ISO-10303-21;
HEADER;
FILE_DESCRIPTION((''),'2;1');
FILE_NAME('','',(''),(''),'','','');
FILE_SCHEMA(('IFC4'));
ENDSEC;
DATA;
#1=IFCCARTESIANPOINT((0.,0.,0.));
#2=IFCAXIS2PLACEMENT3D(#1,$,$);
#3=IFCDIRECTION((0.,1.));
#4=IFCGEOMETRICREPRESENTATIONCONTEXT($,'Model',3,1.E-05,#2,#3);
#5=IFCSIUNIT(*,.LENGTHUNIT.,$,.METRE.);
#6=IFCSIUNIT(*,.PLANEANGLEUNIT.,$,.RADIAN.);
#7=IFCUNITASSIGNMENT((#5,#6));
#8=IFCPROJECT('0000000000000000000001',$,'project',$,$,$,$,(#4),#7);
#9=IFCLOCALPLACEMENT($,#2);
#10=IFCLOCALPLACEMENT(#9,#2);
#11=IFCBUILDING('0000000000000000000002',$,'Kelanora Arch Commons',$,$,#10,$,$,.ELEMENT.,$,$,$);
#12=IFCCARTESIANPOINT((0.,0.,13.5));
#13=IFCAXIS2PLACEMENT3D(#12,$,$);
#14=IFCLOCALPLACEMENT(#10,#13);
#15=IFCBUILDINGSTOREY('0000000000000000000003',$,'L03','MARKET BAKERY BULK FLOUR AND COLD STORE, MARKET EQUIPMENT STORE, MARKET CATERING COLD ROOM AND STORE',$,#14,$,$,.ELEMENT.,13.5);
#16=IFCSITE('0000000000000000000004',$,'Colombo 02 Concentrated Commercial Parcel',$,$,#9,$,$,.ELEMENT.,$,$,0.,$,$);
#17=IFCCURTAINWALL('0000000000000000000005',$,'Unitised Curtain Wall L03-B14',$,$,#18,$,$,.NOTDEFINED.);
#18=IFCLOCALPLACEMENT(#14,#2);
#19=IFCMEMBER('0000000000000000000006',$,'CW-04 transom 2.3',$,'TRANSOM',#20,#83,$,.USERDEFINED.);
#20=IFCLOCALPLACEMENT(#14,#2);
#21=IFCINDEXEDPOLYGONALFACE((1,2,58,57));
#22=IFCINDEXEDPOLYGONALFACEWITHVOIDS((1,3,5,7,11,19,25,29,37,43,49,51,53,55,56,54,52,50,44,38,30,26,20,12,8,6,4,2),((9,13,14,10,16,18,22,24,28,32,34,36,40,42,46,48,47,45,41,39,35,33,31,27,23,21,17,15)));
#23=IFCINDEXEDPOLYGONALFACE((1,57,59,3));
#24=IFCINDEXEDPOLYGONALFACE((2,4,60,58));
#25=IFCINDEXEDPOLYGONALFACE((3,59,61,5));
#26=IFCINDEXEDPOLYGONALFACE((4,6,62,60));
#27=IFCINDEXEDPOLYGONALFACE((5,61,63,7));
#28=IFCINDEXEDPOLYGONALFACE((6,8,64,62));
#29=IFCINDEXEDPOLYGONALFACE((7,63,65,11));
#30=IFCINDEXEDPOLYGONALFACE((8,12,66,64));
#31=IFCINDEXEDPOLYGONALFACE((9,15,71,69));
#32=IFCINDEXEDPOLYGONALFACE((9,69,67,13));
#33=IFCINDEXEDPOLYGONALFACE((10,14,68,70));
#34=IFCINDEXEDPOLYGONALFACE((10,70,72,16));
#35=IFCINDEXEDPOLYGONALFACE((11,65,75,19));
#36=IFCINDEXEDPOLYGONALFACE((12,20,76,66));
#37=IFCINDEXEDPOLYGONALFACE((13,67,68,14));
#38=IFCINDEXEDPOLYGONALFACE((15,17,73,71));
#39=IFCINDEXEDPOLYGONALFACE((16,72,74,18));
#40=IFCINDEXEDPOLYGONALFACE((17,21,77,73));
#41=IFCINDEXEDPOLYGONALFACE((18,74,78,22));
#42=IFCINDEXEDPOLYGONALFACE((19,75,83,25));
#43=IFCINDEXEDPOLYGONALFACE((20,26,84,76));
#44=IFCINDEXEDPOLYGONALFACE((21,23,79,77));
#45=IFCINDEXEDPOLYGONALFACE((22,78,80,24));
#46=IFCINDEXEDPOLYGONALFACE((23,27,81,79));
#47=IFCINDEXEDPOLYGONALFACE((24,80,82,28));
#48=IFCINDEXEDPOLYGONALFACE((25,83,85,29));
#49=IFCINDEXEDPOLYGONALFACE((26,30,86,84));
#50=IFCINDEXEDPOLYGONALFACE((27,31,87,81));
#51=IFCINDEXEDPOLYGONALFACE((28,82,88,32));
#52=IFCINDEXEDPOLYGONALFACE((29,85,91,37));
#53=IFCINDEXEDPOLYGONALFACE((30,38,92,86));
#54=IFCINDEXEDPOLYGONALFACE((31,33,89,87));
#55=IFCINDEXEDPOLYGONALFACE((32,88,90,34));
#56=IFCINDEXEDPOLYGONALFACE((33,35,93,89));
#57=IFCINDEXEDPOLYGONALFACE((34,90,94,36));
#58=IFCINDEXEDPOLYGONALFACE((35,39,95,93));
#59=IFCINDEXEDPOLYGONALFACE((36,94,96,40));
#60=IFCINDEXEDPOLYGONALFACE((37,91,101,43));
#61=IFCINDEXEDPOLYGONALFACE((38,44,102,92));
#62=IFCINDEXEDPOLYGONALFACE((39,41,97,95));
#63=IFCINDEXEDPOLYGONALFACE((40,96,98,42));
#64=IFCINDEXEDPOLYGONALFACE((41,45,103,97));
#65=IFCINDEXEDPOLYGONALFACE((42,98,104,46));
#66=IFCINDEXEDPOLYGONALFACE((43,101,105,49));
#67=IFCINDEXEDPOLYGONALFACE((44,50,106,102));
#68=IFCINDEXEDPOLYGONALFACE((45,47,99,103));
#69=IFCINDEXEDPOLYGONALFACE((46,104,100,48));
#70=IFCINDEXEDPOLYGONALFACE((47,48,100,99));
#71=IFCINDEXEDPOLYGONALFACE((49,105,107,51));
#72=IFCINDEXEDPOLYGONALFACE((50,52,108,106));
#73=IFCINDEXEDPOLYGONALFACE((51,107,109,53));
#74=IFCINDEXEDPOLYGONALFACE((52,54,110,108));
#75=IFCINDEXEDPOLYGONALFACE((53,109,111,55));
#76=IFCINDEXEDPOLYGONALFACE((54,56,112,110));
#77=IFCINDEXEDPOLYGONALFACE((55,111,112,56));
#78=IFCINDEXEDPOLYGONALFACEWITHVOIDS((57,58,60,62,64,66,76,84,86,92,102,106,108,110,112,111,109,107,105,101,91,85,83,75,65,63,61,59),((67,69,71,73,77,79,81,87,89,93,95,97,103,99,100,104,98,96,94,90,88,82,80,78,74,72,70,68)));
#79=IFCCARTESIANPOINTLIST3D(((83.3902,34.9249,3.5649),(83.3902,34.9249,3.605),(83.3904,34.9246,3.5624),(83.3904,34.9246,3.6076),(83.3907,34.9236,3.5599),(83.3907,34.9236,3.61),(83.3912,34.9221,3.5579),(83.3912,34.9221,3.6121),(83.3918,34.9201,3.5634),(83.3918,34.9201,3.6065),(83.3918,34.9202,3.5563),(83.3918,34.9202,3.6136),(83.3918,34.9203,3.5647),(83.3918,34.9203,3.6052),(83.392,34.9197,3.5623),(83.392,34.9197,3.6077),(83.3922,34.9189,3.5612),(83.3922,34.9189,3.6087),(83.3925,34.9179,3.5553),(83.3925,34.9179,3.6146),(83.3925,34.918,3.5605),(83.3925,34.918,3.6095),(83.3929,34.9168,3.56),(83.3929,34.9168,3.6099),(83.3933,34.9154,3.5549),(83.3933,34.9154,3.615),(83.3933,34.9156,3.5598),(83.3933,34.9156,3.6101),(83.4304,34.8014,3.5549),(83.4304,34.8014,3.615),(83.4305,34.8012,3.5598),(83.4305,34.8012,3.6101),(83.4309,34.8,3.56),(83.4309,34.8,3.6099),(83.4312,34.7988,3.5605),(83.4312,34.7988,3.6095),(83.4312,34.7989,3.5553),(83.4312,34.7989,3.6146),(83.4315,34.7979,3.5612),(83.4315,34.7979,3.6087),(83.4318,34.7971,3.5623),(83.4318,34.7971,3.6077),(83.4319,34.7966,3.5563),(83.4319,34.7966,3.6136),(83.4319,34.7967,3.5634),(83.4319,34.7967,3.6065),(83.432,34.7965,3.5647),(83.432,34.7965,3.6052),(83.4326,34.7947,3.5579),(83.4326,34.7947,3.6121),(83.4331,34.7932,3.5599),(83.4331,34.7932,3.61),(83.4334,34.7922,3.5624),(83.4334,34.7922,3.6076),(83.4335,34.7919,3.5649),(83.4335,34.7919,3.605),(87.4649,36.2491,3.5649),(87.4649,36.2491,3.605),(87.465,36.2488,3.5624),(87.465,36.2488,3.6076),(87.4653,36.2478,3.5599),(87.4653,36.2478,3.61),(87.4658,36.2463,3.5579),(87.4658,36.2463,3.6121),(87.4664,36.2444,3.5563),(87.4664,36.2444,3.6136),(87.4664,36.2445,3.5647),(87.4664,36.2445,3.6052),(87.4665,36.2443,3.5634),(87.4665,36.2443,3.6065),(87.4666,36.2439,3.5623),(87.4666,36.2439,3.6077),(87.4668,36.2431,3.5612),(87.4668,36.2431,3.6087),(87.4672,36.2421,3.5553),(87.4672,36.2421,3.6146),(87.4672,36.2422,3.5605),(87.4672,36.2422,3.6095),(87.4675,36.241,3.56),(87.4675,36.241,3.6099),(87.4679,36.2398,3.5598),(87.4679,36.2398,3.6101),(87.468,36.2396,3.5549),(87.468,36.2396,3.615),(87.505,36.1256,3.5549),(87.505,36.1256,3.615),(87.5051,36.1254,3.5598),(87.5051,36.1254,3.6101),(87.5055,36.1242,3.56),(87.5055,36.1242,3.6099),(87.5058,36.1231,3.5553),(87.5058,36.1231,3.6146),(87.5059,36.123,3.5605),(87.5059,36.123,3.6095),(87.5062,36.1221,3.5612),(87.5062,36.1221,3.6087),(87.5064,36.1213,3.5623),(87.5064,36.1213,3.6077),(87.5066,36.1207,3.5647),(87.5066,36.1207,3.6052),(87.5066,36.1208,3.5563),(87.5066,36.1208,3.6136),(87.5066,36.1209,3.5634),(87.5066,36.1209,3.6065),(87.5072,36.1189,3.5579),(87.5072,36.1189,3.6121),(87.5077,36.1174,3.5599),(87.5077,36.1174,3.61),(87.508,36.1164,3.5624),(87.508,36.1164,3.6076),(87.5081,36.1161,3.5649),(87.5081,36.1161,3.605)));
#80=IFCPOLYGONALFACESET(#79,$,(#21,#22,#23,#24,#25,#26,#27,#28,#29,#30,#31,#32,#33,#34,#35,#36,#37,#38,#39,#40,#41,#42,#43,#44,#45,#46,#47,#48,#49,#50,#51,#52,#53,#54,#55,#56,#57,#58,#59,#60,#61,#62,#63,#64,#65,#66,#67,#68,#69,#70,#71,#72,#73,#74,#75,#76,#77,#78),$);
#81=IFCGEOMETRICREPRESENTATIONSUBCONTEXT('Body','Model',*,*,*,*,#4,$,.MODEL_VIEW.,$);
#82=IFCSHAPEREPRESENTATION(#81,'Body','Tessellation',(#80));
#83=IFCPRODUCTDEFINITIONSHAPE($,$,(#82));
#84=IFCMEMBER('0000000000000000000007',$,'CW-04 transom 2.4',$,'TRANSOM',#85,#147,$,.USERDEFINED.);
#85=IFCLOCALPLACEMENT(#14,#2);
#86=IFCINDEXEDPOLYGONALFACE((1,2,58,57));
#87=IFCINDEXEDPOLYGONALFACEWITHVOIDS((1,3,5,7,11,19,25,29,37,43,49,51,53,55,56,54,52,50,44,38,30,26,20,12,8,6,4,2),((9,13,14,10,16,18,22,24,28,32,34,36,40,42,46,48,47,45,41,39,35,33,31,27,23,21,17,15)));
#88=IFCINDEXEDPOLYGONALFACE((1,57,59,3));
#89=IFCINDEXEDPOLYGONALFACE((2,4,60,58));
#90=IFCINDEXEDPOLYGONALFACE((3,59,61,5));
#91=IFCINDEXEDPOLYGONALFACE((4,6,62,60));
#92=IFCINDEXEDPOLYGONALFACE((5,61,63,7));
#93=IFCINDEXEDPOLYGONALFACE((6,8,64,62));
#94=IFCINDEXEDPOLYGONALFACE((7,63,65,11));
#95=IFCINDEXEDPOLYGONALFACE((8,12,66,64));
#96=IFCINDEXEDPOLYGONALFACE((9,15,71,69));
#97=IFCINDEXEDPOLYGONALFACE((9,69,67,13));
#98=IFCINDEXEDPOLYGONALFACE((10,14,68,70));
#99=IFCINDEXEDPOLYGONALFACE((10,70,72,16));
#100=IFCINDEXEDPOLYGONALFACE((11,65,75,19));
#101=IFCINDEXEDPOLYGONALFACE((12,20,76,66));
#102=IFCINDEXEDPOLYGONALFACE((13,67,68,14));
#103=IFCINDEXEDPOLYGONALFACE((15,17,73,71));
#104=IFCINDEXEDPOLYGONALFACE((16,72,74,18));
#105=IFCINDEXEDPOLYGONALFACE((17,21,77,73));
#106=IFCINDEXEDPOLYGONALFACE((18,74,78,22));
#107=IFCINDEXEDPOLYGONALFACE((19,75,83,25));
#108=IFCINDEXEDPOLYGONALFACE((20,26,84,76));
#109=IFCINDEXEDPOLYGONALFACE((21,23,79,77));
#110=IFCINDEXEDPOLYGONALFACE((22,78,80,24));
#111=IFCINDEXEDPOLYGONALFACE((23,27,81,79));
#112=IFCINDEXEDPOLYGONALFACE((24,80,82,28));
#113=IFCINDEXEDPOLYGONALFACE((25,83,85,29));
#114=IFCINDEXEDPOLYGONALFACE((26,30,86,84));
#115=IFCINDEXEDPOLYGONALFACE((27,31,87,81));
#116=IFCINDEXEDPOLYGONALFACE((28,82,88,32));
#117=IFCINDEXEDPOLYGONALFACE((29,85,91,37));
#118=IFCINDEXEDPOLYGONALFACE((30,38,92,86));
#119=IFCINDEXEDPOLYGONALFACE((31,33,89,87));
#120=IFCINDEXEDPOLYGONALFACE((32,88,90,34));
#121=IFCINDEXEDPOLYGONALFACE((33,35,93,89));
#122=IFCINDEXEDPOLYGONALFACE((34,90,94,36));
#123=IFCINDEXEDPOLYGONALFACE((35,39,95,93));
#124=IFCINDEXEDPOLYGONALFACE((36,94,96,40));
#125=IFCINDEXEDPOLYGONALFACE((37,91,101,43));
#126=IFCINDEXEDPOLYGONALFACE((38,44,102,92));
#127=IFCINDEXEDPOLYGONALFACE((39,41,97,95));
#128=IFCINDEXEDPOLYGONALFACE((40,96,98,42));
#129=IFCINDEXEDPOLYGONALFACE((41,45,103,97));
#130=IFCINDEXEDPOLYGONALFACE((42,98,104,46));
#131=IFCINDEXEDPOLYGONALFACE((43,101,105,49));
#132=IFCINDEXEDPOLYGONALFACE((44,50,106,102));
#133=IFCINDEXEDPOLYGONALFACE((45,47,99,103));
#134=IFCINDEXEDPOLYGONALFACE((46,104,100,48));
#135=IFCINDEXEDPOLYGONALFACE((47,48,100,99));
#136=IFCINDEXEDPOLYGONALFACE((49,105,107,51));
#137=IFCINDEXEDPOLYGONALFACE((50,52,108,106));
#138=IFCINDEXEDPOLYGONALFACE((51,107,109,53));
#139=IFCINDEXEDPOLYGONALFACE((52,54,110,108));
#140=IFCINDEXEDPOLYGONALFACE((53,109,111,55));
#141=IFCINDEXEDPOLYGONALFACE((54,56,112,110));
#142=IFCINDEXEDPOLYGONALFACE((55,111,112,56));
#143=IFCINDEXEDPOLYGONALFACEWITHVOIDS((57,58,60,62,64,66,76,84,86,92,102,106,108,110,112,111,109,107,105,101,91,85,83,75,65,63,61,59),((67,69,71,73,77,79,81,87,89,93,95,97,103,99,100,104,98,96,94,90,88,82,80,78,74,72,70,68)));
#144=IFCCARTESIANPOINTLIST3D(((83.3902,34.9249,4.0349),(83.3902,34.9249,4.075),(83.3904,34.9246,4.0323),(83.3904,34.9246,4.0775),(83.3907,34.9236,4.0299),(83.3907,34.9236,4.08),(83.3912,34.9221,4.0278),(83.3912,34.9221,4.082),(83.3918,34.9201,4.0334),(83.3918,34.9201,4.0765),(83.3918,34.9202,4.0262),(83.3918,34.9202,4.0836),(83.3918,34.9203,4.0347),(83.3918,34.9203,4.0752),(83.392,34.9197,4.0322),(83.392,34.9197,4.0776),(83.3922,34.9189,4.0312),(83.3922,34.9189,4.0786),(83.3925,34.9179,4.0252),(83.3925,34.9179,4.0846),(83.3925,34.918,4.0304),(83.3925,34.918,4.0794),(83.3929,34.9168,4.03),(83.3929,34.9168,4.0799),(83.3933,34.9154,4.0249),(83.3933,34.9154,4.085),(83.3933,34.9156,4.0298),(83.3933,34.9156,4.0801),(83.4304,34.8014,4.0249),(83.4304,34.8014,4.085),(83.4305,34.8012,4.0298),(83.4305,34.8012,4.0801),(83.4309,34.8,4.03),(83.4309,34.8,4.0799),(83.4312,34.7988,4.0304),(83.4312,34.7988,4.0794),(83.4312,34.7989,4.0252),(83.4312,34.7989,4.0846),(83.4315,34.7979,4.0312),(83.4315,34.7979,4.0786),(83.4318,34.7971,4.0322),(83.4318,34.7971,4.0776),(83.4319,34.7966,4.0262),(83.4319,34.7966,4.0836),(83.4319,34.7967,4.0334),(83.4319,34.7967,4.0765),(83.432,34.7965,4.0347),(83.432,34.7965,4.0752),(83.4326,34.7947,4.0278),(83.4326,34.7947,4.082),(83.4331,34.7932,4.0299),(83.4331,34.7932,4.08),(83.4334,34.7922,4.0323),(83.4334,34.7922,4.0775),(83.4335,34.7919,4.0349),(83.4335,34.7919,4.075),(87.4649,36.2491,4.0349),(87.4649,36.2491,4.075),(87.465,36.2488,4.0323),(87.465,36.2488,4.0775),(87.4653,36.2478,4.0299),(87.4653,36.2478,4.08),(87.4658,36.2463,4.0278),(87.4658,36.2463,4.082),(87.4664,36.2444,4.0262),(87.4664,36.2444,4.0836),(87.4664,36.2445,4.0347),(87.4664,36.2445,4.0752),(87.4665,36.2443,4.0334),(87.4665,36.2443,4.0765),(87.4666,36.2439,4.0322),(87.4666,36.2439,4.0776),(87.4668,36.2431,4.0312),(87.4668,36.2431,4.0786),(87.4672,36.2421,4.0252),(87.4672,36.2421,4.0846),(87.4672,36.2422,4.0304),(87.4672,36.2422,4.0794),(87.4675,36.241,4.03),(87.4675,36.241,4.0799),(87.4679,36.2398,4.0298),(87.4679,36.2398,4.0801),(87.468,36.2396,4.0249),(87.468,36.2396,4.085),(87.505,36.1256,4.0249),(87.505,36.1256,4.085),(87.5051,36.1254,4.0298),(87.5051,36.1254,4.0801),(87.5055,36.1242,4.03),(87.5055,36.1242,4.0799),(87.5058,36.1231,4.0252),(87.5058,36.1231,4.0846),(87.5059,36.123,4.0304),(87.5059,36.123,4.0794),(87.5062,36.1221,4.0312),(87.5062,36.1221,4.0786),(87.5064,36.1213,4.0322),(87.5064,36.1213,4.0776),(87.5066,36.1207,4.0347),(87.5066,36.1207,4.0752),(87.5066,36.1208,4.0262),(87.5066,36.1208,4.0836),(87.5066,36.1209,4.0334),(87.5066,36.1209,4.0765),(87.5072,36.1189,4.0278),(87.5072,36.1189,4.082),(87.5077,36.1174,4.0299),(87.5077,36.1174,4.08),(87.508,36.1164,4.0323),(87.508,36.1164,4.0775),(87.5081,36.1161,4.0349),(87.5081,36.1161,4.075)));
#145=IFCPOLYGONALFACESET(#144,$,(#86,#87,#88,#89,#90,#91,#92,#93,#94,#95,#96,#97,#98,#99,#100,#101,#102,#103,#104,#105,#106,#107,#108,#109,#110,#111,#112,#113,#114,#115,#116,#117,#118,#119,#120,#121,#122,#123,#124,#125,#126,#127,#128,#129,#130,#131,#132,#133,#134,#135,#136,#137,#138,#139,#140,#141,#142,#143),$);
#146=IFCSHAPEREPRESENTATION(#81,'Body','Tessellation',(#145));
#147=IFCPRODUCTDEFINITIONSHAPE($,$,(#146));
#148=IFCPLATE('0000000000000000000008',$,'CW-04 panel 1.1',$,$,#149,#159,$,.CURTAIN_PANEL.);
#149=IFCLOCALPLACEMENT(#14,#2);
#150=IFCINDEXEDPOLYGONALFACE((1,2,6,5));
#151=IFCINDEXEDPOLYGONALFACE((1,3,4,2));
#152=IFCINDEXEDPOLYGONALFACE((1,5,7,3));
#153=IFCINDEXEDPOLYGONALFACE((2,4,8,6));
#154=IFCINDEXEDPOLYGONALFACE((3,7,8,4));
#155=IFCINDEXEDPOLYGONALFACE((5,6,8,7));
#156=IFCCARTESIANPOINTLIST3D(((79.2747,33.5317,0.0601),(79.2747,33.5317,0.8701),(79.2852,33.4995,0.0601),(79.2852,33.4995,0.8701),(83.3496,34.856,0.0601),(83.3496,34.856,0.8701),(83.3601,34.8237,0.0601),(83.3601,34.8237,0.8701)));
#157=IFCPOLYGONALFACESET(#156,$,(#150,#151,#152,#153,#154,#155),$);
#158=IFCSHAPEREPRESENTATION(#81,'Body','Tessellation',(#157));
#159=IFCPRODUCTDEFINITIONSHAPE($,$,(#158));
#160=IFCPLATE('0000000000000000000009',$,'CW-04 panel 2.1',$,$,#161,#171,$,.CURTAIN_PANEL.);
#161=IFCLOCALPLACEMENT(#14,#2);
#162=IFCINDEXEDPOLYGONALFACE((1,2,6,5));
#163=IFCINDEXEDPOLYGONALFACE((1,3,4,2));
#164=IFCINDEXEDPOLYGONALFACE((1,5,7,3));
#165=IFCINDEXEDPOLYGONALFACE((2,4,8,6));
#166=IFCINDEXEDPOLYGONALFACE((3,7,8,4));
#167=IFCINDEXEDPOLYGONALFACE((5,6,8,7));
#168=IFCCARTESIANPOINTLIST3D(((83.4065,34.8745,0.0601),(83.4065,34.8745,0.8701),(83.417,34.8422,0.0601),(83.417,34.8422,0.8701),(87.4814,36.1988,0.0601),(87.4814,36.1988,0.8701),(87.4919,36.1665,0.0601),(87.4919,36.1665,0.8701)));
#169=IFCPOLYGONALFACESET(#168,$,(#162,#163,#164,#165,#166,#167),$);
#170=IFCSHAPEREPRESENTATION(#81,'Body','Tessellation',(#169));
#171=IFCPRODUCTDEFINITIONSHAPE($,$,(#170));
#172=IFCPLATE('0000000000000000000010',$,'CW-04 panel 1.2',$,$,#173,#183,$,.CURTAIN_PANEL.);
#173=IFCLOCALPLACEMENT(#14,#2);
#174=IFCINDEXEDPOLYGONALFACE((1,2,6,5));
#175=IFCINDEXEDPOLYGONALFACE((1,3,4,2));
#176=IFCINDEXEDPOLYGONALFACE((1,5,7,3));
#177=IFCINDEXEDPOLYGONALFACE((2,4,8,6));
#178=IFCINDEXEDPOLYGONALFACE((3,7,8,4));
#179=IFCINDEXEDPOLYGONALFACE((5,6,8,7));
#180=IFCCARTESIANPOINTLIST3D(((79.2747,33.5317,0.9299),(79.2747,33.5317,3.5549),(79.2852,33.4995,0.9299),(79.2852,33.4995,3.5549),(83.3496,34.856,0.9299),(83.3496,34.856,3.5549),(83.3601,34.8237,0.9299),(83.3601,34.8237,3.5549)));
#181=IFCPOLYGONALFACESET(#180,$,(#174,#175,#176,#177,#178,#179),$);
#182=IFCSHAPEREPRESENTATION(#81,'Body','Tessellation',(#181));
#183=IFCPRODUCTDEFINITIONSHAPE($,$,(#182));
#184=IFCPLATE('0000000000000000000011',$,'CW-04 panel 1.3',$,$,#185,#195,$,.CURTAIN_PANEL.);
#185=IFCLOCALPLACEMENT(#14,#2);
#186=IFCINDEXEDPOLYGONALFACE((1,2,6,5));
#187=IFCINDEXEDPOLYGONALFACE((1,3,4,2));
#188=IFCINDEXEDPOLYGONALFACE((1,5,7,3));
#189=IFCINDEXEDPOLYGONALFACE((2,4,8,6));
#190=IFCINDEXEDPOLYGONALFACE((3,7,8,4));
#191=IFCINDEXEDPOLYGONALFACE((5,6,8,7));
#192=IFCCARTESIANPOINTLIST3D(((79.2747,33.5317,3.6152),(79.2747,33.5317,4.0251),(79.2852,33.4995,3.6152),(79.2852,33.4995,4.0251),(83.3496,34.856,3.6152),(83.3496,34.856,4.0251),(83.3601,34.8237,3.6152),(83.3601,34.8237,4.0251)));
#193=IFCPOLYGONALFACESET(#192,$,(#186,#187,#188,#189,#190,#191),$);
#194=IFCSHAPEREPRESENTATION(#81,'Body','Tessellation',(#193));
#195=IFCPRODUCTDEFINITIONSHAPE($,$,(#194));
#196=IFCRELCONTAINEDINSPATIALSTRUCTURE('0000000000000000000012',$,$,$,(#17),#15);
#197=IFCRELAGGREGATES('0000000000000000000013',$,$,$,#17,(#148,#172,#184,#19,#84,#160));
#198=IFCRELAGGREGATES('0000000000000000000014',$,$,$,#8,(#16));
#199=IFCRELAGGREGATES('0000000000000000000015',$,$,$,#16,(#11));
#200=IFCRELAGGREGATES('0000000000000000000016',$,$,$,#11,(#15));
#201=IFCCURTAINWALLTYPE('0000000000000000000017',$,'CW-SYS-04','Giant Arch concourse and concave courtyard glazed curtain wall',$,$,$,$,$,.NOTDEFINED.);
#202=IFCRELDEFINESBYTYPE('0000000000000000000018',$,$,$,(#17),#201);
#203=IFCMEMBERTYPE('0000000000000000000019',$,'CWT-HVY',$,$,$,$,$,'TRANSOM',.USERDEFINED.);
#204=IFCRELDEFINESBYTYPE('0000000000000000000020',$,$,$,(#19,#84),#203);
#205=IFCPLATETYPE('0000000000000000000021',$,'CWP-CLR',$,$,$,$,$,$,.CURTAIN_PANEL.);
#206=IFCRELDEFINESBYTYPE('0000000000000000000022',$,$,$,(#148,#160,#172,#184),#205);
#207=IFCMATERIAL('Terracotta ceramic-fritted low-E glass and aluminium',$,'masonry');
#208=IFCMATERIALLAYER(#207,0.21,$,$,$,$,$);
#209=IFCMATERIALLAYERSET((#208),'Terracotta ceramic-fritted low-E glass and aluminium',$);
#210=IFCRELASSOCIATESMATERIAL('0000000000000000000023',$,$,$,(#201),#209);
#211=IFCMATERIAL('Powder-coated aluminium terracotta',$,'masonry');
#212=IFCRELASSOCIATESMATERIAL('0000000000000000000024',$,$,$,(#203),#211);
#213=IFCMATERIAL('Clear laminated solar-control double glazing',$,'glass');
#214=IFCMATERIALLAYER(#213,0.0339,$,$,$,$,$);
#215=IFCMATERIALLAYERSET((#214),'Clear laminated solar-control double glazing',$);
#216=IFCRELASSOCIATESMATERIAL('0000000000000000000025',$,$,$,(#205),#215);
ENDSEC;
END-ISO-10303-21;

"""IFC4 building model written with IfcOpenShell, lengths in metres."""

from ifc_helpers import new_model, si_unit, direction, frame, origin, origin_2d, place, context, subcontext, project, spatial, rectangle, hollow_rectangle, extrude, source, transform, mapped, material, layer, layer_set, material_profile, profile_set, type_object, element, aggregate, save


model = new_model("IFC4")

# Units and contexts
model_context = context("Model", 3, precision=1e-05, world=origin(), true_north=direction((0.0, 1.0)))
body_context = subcontext(model_context, "Body", "Model", "MODEL_VIEW")
ifc_project = project(units=[si_unit("LENGTHUNIT", "METRE"), si_unit("PLANEANGLEUNIT", "RADIAN")], contexts=[model_context])

# Site, building, storey
site_placement = place(None, origin())
site = spatial("IfcSite", under=ifc_project, at=site_placement, Name="Colombo 02 Concentrated Commercial Parcel", CompositionType="ELEMENT", RefElevation=0.0)
building_placement = place(site_placement, origin())
building = spatial("IfcBuilding", under=site, at=building_placement, Name="Kelanora Arch Commons", CompositionType="ELEMENT")
storey_placement = place(building_placement, frame((0.0, 0.0, 13.5)))
storey = spatial("IfcBuildingStorey", under=building, at=storey_placement, Name="L03", Description="MARKET BAKERY BULK FLOUR AND COLD STORE, MARKET EQUIPMENT STORE, MARKET CATERING COLD ROOM AND STORE", CompositionType="ELEMENT", Elevation=13.5)

# Curtain wall, members, plates
ifc_material_1 = material(Name="Terracotta ceramic-fritted low-E glass and aluminium", Category="masonry")
ifc_layer_1 = layer(ifc_material_1, 0.21)
ifc_layer_set_1 = layer_set([ifc_layer_1], Name="Terracotta ceramic-fritted low-E glass and aluminium")
curtain_wall_type = type_object("IfcCurtainWallType", Name="CW-SYS-04", Description="Giant Arch concourse and concave courtyard glazed curtain wall", PredefinedType="NOTDEFINED", material=ifc_layer_set_1)
curtain_wall_placement = place(storey_placement, origin())
curtain_wall = element("IfcCurtainWall", 1, at=curtain_wall_placement, inside=storey, type_object=curtain_wall_type, Name="Unitised Curtain Wall L03-B14", PredefinedType="NOTDEFINED")
ifc_material_2 = material(Name="Powder-coated aluminium terracotta", Category="masonry")
ifc_material_profile_1 = material_profile(ifc_material_2, hollow_rectangle(XDim=0.1399, YDim=0.0601, WallThickness=0.0049, InnerFilletRadius=0.0049, OuterFilletRadius=0.01, at=origin_2d()), Name="CWT140x60")
ifc_profile_set_1 = profile_set([ifc_material_profile_1], Name="Powder-coated aluminium terracotta")
member_type_1 = type_object("IfcMemberType", Name="CWT-HVY", ElementType="TRANSOM", PredefinedType="USERDEFINED", material=ifc_profile_set_1)
member_1_placement = place(storey_placement, frame((83.4119, 34.8584, 3.585), z_axis=(0.951038, 0.309073, 0.0), x_axis=(-0.309073, 0.951038, 0.0)))
member_1 = element("IfcMember", 2, at=member_1_placement, type_object=member_type_1, Name="CW-04 transom 2.3", ObjectType="TRANSOM", PredefinedType="USERDEFINED", context=body_context, shape_type="SweptSolid", body=[
    extrude(hollow_rectangle(XDim=0.1399, YDim=0.0601, WallThickness=0.0049, InnerFilletRadius=0.0049, OuterFilletRadius=0.01, at=origin_2d()), origin(), (0.0, 0.0, 1.0), 4.2844),
])
member_2_placement = place(storey_placement, frame((83.4119, 34.8584, 4.0549), z_axis=(0.951038, 0.309073, 0.0), x_axis=(-0.309073, 0.951038, 0.0)))
member_2 = element("IfcMember", 3, at=member_2_placement, type_object=member_type_1, Name="CW-04 transom 2.4", ObjectType="TRANSOM", PredefinedType="USERDEFINED", context=body_context, shape_type="SweptSolid", body=[
    extrude(hollow_rectangle(XDim=0.1399, YDim=0.0601, WallThickness=0.0049, InnerFilletRadius=0.0049, OuterFilletRadius=0.01, at=origin_2d()), origin(), (0.0, 0.0, 1.0), 4.2844),
])
ifc_material_3 = material(Name="Clear laminated solar-control double glazing", Category="glass")
ifc_layer_2 = layer(ifc_material_3, 0.0339)
ifc_layer_set_2 = layer_set([ifc_layer_2], Name="Clear laminated solar-control double glazing")
plate_type = type_object("IfcPlateType", Name="CWP-CLR", PredefinedType="CURTAIN_PANEL", material=ifc_layer_set_2)
shared_shape_1 = source(origin(), body_context, "Body", "SweptSolid", [
    extrude(rectangle(XDim=4.2847, YDim=0.0339, at=origin_2d()), origin(), (0.0, 0.0, 1.0), 0.8101),
])
plate_1_placement = place(storey_placement, frame((81.3174, 34.1777, 0.0601), z_axis=(0.0, 0.0, 1.0), x_axis=(0.951039, 0.30907, 0.0)))
plate_1 = element("IfcPlate", 4, at=plate_1_placement, type_object=plate_type, Name="CW-04 panel 1.1", PredefinedType="CURTAIN_PANEL", context=body_context, shape_type="MappedRepresentation", body=[
    mapped(shared_shape_1, transform((0.0, 0.0, 0.0), scale=1.0)),
])
plate_2_placement = place(storey_placement, frame((85.4492, 35.5205, 0.0601), z_axis=(0.0, 0.0, 1.0), x_axis=(0.951039, 0.30907, 0.0)))
plate_2 = element("IfcPlate", 5, at=plate_2_placement, type_object=plate_type, Name="CW-04 panel 2.1", PredefinedType="CURTAIN_PANEL", context=body_context, shape_type="MappedRepresentation", body=[
    mapped(shared_shape_1, transform((0.0, 0.0, 0.0), scale=1.0)),
])
shared_shape_2 = source(origin(), body_context, "Body", "SweptSolid", [
    extrude(rectangle(XDim=4.2847, YDim=0.0339, at=origin_2d()), origin(), (0.0, 0.0, 1.0), 2.625),
])
plate_3_placement = place(storey_placement, frame((81.3174, 34.1777, 0.9299), z_axis=(0.0, 0.0, 1.0), x_axis=(0.951039, 0.30907, 0.0)))
plate_3 = element("IfcPlate", 6, at=plate_3_placement, type_object=plate_type, Name="CW-04 panel 1.2", PredefinedType="CURTAIN_PANEL", context=body_context, shape_type="MappedRepresentation", body=[
    mapped(shared_shape_2, transform((0.0, 0.0, 0.0), scale=1.0)),
])
shared_shape_3 = source(origin(), body_context, "Body", "SweptSolid", [
    extrude(rectangle(XDim=4.2847, YDim=0.0339, at=origin_2d()), origin(), (0.0, 0.0, 1.0), 0.4099),
])
plate_4_placement = place(storey_placement, frame((81.3174, 34.1777, 3.6152), z_axis=(0.0, 0.0, 1.0), x_axis=(0.951039, 0.30907, 0.0)))
plate_4 = element("IfcPlate", 7, at=plate_4_placement, type_object=plate_type, Name="CW-04 panel 1.3", PredefinedType="CURTAIN_PANEL", context=body_context, shape_type="MappedRepresentation", body=[
    mapped(shared_shape_3, transform((0.0, 0.0, 0.0), scale=1.0)),
])
aggregate(curtain_wall, [plate_1, plate_3, plate_4, member_1, member_2, plate_2])

save(model, "model.ifc")
